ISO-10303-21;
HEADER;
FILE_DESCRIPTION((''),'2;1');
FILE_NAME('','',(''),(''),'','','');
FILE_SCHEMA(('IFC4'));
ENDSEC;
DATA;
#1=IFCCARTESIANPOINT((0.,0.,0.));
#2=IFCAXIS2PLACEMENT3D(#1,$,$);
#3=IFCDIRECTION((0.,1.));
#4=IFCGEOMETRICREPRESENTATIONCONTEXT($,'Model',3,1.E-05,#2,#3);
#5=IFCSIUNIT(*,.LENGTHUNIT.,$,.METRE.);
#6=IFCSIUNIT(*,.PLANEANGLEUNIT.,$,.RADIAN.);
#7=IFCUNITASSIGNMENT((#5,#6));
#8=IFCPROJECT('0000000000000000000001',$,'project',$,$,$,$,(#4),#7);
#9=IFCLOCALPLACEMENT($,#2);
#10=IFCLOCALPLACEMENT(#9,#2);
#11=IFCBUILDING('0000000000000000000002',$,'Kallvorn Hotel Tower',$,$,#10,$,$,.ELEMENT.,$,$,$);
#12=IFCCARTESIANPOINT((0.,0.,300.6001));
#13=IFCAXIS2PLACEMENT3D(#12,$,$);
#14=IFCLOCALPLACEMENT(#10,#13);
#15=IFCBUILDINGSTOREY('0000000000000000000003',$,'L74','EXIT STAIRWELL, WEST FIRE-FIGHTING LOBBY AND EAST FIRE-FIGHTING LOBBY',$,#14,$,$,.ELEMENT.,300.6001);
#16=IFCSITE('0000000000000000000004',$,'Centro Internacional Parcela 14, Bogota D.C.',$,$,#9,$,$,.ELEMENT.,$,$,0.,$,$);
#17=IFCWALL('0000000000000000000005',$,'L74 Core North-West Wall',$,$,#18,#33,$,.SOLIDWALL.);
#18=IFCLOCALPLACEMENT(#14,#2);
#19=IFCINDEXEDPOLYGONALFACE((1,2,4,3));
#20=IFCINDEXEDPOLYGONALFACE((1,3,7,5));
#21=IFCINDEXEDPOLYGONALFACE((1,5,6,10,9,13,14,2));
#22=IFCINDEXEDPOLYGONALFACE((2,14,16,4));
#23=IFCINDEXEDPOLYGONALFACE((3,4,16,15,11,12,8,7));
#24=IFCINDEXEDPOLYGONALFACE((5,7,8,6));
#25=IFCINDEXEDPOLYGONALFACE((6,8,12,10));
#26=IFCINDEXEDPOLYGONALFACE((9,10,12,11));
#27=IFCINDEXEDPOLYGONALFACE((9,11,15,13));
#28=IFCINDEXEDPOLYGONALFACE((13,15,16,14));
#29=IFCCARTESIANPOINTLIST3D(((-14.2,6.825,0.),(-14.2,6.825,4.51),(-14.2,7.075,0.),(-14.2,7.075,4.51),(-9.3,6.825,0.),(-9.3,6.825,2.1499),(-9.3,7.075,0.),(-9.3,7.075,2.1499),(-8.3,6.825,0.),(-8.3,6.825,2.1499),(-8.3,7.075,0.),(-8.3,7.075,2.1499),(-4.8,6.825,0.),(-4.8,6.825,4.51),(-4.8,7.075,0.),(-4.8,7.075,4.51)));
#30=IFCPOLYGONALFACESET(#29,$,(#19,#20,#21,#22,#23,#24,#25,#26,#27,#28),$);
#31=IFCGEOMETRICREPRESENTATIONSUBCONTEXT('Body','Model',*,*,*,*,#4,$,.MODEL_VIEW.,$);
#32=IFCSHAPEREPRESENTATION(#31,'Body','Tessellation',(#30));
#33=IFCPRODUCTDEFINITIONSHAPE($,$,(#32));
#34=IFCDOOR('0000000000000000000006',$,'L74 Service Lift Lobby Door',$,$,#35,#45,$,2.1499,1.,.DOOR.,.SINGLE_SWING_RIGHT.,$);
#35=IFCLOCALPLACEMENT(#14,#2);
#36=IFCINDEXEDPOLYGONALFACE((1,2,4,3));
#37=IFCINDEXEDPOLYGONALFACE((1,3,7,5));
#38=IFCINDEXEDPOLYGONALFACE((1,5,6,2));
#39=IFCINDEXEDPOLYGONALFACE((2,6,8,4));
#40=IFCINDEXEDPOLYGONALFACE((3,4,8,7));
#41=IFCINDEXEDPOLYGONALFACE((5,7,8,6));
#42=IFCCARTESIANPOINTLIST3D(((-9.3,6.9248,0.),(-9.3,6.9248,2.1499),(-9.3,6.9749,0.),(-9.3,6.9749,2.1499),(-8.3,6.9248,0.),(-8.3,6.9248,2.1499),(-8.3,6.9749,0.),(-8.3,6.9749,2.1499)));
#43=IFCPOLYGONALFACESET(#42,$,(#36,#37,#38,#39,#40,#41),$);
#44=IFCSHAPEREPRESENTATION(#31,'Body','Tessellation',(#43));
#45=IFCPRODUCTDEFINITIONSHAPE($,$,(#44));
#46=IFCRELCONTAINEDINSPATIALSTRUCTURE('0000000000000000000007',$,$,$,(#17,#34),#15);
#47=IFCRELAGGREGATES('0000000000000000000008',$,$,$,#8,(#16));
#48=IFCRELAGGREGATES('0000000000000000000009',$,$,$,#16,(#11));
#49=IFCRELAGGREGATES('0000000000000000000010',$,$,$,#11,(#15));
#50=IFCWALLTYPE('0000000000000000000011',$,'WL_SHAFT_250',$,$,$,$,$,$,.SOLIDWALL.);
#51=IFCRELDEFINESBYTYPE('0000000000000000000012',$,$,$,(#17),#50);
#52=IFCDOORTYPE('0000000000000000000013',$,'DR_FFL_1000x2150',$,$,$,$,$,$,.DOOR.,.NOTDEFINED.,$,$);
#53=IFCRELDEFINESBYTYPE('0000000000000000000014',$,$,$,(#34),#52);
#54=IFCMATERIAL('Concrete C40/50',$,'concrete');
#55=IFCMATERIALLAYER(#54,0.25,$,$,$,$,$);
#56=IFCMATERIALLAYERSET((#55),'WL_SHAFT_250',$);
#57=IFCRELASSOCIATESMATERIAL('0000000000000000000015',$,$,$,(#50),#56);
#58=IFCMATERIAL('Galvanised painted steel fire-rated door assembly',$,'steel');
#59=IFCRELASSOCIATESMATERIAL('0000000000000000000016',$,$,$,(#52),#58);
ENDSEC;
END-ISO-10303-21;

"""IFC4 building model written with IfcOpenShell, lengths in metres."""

from ifc_helpers import new_model, si_unit, direction, frame, frame_2d, origin, place, context, subcontext, project, spatial, rectangle, extrude, material, layer, layer_set, type_object, element, fill, save


model = new_model("IFC4")

# Units and contexts
model_context = context("Model", 3, precision=1e-05, world=origin(), true_north=direction((0.0, 1.0)))
body_context = subcontext(model_context, "Body", "Model", "MODEL_VIEW")
ifc_project = project(units=[si_unit("LENGTHUNIT", "METRE"), si_unit("PLANEANGLEUNIT", "RADIAN")], contexts=[model_context])

# Site, building, storey
site_placement = place(None, origin())
site = spatial("IfcSite", under=ifc_project, at=site_placement, Name="Centro Internacional Parcela 14, Bogota D.C.", CompositionType="ELEMENT", RefElevation=0.0)
building_placement = place(site_placement, origin())
building = spatial("IfcBuilding", under=site, at=building_placement, Name="Kallvorn Hotel Tower", CompositionType="ELEMENT")
storey_placement = place(building_placement, frame((0.0, 0.0, 300.6001)))
storey = spatial("IfcBuildingStorey", under=building, at=storey_placement, Name="L74", Description="EXIT STAIRWELL, WEST FIRE-FIGHTING LOBBY AND EAST FIRE-FIGHTING LOBBY", CompositionType="ELEMENT", Elevation=300.6001)

# Wall, opening, door
ifc_material_1 = material(Name="Concrete C40/50", Category="concrete")
ifc_layer_1 = layer(ifc_material_1, 0.25)
ifc_layer_set_1 = layer_set([ifc_layer_1], Name="WL_SHAFT_250")
wall_type_1 = type_object("IfcWallType", Name="WL_SHAFT_250", PredefinedType="SOLIDWALL", material=ifc_layer_set_1)
wall_1_placement = place(storey_placement, frame((-14.2, 6.95, 0.0), z_axis=(0.0, 0.0, 1.0), x_axis=(1.0, 0.0, 0.0)))
wall_1 = element("IfcWall", 1, at=wall_1_placement, inside=storey, type_object=wall_type_1, Name="L74 Core North-West Wall", PredefinedType="SOLIDWALL", context=body_context, shape_type="SweptSolid", body=[
    extrude(rectangle(XDim=9.3999, YDim=0.25, at=frame_2d((4.7, 0.0))), origin(), (0.0, 0.0, 1.0), 4.51),
])
opening_1_placement = place(wall_1_placement, frame((4.8999, 0.0, 0.0)))
opening_1 = element("IfcOpeningElement", 2, at=opening_1_placement, cuts=wall_1, PredefinedType="OPENING", context=body_context, shape_type="SweptSolid", body=[
    extrude(rectangle(XDim=1.0, YDim=2.1499, at=frame_2d((0.5, 1.075))), frame((0.0, 0.1399, 0.0), z_axis=(0.0, -1.0, 0.0), x_axis=(1.0, 0.0, 0.0)), (0.0, 0.0, 1.0), 0.28),
])
ifc_material_2 = material(Name="Galvanised painted steel fire-rated door assembly", Category="steel")
door_type_1 = type_object("IfcDoorType", Name="DR_FFL_1000x2150", OperationType="NOTDEFINED", PredefinedType="DOOR", material=ifc_material_2)
door_1_placement = place(opening_1_placement, origin())
door_1 = element("IfcDoor", 3, at=door_1_placement, inside=storey, type_object=door_type_1, Name="L74 Service Lift Lobby Door", OperationType="SINGLE_SWING_RIGHT", OverallHeight=2.1499, OverallWidth=1.0, PredefinedType="DOOR", context=body_context, shape_type="SweptSolid", body=[
    extrude(rectangle(XDim=1.0, YDim=2.1499, at=frame_2d((0.5, 1.075))), frame((0.0, 0.0249, 0.0), z_axis=(0.0, -1.0, 0.0), x_axis=(1.0, 0.0, 0.0)), (0.0, 0.0, 1.0), 0.05),
])
fill(opening_1, door_1)

save(model, "model.ifc")
